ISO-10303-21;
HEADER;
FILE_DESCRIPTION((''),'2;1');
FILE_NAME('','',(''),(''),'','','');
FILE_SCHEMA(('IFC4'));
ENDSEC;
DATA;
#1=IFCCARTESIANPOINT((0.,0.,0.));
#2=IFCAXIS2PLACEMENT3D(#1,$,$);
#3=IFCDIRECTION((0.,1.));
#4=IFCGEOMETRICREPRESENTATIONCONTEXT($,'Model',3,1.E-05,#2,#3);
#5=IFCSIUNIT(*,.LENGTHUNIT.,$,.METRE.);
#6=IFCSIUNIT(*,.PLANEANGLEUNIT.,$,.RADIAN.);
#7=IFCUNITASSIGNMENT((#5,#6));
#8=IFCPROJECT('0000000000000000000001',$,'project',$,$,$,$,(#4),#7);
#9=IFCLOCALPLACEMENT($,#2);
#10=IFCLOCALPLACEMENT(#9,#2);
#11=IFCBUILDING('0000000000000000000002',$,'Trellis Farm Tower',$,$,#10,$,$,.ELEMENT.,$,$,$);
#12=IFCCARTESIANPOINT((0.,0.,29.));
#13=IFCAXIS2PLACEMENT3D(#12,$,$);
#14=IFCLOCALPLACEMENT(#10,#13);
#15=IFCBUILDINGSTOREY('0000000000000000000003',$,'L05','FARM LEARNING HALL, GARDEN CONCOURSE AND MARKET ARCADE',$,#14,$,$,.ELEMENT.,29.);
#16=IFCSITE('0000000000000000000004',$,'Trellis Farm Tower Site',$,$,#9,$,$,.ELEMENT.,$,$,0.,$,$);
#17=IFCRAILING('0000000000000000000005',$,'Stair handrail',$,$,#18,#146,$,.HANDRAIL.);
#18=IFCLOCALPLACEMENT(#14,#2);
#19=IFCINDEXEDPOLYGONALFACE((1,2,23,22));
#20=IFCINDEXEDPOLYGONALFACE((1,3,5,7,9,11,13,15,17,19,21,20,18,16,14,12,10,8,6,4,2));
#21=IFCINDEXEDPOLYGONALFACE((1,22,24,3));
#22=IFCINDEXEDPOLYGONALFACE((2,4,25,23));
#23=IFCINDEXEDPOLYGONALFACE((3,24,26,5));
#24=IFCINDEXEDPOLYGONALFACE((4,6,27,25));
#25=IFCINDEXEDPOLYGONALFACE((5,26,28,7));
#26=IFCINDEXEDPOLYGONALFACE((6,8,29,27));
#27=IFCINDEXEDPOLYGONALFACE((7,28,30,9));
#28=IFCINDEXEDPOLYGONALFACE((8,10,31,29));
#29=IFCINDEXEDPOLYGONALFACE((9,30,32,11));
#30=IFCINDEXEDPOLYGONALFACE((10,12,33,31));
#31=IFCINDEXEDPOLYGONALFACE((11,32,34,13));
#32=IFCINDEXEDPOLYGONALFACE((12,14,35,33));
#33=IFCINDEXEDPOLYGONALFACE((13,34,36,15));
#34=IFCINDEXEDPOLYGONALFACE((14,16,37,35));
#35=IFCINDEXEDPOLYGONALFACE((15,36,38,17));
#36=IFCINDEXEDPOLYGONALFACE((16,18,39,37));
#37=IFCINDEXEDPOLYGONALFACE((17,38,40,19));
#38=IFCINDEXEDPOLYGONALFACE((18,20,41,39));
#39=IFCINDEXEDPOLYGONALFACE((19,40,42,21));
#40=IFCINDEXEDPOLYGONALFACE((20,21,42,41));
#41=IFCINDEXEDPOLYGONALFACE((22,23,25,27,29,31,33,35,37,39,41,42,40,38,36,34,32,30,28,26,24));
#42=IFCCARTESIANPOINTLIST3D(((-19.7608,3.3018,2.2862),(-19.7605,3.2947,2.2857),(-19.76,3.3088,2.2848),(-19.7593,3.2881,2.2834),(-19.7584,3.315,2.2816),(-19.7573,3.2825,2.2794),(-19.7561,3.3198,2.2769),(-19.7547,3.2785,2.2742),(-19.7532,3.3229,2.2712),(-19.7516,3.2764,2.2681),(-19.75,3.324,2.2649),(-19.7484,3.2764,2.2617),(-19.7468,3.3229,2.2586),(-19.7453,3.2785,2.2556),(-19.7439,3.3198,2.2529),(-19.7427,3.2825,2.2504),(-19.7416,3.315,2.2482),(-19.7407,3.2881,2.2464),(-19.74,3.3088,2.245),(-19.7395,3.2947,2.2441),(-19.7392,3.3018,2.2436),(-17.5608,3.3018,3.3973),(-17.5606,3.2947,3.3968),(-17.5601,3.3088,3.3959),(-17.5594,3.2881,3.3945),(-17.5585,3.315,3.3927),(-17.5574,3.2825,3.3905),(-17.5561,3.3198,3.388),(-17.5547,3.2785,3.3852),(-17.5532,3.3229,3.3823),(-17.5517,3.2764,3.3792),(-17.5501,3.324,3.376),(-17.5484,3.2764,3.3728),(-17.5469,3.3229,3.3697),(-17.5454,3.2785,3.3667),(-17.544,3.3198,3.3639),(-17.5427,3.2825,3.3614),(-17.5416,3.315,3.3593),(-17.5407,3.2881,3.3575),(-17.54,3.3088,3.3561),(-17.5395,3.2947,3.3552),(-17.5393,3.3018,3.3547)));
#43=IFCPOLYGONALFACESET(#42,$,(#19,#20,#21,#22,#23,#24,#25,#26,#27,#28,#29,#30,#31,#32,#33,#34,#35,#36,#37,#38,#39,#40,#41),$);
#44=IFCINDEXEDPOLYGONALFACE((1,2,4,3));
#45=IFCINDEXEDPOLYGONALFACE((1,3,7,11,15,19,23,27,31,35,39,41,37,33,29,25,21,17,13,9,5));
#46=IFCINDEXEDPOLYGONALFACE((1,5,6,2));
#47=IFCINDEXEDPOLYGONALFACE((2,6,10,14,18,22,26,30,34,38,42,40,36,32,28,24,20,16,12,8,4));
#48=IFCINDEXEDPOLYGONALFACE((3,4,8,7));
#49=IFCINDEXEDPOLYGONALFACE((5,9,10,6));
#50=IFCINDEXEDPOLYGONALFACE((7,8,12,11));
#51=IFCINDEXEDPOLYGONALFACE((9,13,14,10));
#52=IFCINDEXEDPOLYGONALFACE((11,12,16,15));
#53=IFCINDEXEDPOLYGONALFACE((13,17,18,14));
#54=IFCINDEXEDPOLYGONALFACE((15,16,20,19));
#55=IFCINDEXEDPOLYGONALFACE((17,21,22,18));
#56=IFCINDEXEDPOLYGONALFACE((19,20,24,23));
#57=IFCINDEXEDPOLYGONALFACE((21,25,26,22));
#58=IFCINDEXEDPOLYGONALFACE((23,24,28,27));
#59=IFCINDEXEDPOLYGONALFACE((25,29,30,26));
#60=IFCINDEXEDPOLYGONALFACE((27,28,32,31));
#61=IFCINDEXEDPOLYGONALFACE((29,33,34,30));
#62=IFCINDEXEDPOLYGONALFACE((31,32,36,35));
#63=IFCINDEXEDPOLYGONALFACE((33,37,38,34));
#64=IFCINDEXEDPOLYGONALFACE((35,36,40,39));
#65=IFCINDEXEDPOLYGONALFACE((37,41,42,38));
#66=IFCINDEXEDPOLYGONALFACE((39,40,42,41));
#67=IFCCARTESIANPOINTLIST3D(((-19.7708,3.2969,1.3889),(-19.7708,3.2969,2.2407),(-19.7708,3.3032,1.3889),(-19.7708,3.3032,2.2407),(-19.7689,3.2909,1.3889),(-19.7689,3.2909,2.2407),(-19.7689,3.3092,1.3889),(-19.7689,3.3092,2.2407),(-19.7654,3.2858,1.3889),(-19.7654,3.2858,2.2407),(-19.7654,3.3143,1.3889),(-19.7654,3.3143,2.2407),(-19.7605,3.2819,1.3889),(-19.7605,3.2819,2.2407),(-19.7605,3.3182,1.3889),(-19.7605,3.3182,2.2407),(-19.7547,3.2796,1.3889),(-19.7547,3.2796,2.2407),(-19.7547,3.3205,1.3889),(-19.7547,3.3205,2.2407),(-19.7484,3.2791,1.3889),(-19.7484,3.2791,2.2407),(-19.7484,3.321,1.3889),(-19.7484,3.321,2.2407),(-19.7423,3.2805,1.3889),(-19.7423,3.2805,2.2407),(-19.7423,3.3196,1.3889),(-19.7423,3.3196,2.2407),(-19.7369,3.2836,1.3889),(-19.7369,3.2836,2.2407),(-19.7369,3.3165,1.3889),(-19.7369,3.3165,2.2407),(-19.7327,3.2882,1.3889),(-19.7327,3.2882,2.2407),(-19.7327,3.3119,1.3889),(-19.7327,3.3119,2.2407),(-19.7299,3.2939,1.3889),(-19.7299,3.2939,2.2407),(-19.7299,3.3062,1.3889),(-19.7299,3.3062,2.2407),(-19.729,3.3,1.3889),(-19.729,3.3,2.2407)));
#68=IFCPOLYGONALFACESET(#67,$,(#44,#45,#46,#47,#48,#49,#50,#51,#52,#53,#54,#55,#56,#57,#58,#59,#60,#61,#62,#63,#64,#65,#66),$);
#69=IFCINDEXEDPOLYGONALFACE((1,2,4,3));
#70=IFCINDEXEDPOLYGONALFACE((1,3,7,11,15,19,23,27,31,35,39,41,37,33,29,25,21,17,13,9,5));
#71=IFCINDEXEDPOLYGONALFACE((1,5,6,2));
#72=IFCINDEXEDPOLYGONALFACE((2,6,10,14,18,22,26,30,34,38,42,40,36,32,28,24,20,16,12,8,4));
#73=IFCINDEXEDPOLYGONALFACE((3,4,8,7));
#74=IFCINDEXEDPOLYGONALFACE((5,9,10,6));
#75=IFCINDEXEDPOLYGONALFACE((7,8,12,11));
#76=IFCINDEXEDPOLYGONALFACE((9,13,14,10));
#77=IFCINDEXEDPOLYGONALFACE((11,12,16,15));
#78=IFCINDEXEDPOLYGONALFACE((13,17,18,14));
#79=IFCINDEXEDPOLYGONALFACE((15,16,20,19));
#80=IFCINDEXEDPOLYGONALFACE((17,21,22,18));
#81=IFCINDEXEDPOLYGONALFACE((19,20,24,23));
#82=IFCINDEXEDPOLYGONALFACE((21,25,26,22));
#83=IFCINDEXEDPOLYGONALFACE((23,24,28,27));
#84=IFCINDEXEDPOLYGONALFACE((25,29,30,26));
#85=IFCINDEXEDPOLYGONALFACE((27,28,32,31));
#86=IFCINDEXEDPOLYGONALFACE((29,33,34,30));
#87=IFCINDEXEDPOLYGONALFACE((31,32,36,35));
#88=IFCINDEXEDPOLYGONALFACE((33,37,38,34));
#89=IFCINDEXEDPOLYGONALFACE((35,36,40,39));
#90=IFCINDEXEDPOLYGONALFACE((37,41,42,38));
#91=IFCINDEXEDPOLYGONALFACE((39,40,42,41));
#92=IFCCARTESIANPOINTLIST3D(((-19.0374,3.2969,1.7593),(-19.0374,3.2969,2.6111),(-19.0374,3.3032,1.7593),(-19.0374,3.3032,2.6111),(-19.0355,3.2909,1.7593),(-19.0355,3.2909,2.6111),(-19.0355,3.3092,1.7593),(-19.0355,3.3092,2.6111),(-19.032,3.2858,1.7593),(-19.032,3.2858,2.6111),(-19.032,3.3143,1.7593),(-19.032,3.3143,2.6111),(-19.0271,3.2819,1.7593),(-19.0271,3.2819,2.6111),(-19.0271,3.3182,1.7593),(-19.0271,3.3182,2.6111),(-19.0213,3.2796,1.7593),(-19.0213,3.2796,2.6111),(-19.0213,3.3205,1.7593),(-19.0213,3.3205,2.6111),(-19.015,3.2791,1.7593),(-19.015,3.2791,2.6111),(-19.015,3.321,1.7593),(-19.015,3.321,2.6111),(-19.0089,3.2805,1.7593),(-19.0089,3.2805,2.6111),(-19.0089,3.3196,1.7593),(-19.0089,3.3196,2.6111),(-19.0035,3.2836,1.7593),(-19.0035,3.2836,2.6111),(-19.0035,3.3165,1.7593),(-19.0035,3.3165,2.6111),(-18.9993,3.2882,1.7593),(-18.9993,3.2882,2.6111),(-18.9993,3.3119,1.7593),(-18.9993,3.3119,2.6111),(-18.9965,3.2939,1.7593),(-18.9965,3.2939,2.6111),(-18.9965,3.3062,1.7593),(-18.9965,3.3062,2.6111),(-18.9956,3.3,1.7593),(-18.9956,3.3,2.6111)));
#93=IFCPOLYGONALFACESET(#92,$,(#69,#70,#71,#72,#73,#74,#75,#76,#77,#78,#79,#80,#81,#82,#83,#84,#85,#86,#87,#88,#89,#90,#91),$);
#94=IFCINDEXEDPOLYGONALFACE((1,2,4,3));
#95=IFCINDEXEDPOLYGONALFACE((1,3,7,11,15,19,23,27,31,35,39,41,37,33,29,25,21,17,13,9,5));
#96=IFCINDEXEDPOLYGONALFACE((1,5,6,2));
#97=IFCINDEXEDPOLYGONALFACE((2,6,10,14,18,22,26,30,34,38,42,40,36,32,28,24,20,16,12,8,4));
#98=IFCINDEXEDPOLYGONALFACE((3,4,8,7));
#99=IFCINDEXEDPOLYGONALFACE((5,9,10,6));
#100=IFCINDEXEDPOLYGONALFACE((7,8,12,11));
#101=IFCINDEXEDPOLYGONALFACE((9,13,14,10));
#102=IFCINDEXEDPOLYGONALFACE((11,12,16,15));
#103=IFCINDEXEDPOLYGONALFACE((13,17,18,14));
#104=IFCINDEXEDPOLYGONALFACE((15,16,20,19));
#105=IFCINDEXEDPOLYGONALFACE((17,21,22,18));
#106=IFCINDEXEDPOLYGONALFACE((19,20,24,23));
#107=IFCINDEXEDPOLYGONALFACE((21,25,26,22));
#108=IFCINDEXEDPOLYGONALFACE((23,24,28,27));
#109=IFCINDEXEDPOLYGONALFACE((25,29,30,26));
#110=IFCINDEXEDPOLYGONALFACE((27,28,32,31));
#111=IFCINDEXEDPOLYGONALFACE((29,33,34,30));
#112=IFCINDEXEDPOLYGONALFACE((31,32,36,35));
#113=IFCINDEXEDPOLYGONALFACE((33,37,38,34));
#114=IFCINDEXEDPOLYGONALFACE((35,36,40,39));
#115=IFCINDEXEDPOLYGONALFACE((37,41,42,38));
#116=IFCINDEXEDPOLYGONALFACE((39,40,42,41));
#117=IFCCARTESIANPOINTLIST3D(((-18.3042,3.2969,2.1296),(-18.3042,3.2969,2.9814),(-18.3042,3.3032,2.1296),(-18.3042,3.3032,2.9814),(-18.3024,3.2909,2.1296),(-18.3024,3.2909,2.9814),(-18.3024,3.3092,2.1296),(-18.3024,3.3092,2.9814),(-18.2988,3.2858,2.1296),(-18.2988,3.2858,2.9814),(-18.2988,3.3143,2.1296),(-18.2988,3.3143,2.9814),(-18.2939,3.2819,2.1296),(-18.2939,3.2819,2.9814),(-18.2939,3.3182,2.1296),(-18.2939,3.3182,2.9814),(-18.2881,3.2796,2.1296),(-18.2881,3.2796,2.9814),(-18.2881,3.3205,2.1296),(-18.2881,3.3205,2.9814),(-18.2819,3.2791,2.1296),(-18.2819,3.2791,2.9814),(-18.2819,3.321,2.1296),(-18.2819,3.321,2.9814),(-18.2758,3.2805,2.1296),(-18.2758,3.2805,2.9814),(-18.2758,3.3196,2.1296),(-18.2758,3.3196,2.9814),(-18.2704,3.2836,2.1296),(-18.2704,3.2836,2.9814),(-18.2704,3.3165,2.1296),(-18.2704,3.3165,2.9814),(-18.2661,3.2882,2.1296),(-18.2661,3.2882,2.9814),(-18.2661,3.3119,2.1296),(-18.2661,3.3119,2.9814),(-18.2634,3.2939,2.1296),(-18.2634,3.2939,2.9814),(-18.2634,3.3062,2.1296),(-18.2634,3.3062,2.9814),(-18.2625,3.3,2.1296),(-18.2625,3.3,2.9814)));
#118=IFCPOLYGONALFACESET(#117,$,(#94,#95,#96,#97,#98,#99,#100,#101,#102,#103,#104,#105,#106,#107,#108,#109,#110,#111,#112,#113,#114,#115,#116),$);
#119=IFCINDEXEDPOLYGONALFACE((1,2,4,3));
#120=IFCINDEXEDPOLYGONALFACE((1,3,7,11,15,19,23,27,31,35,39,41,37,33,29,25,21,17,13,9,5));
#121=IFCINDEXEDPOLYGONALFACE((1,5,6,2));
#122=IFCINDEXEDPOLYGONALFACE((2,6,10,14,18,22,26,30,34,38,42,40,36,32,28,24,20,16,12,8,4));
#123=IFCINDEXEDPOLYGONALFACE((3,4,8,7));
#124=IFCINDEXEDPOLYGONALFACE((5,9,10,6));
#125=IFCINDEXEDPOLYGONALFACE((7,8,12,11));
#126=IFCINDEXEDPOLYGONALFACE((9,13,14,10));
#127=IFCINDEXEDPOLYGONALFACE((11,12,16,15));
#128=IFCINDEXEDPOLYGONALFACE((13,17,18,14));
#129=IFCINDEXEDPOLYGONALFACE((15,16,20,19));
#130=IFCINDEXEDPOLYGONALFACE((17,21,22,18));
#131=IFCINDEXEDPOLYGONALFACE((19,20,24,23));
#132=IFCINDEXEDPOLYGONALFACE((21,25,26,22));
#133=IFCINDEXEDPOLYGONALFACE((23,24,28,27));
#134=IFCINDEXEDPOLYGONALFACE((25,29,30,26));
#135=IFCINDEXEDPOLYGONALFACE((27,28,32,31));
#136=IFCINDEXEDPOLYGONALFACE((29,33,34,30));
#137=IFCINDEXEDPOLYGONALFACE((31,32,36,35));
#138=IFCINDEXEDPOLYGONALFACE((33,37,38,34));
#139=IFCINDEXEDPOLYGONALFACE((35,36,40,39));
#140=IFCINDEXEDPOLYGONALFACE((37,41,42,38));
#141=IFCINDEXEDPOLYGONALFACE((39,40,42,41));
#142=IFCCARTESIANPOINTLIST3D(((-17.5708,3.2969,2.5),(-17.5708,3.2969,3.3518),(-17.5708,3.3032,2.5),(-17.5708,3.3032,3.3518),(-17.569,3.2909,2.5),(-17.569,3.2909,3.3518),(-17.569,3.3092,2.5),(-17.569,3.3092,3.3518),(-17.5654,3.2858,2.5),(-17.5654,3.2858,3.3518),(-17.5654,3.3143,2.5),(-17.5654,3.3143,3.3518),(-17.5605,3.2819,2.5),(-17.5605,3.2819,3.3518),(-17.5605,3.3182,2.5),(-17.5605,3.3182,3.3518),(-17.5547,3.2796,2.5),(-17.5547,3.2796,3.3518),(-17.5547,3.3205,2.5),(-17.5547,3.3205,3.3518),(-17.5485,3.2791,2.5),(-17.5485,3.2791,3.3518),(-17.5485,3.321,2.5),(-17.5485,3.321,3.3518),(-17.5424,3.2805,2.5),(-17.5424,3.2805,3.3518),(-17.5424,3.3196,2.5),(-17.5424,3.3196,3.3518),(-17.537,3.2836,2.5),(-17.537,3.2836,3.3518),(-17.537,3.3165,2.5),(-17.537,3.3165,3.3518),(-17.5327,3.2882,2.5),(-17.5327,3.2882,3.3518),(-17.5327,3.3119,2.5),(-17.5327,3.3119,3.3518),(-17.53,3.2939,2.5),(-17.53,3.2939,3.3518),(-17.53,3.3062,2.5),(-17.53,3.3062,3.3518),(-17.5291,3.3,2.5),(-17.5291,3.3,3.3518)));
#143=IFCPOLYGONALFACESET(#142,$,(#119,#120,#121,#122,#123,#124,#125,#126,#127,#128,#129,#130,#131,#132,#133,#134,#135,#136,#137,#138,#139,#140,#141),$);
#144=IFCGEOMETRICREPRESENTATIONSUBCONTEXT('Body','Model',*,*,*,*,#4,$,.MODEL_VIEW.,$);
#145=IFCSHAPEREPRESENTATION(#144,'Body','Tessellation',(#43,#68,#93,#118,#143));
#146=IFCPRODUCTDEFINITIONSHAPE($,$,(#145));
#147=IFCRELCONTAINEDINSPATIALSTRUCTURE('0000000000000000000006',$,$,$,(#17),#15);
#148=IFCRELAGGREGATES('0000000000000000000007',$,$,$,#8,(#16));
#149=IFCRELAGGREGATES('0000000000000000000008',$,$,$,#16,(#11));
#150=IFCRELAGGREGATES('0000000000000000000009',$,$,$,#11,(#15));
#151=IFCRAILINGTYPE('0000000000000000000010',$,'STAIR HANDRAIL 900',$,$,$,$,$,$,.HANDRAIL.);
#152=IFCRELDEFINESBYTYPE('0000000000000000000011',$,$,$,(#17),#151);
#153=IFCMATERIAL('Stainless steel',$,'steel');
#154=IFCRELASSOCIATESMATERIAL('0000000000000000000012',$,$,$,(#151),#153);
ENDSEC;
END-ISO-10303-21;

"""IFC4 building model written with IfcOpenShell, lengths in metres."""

from ifc_helpers import new_model, si_unit, direction, frame, origin, origin_2d, place, context, subcontext, project, spatial, circle, extrude, source, transform, mapped, material, type_object, element, save


model = new_model("IFC4")

# Units and contexts
model_context = context("Model", 3, precision=1e-05, world=origin(), true_north=direction((0.0, 1.0)))
body_context = subcontext(model_context, "Body", "Model", "MODEL_VIEW")
ifc_project = project(units=[si_unit("LENGTHUNIT", "METRE"), si_unit("PLANEANGLEUNIT", "RADIAN")], contexts=[model_context])

# Site, building, storey
site_placement = place(None, origin())
site = spatial("IfcSite", under=ifc_project, at=site_placement, Name="Trellis Farm Tower Site", CompositionType="ELEMENT", RefElevation=0.0)
building_placement = place(site_placement, origin())
building = spatial("IfcBuilding", under=site, at=building_placement, Name="Trellis Farm Tower", CompositionType="ELEMENT")
storey_placement = place(building_placement, frame((0.0, 0.0, 29.0)))
storey = spatial("IfcBuildingStorey", under=building, at=storey_placement, Name="L05", Description="FARM LEARNING HALL, GARDEN CONCOURSE AND MARKET ARCADE", CompositionType="ELEMENT", Elevation=29.0)

# Railing
ifc_material_1 = material(Name="Stainless steel", Category="steel")
railing_type = type_object("IfcRailingType", Name="STAIR HANDRAIL 900", PredefinedType="HANDRAIL", material=ifc_material_1)
shared_shape_1 = source(origin(), body_context, "Body", "SweptSolid", [
    extrude(circle(Radius=0.0239, at=origin_2d()), frame((0.0, 0.0, 0.876), z_axis=(0.892617, 0.0, 0.450816), x_axis=(0.0, 1.0, 0.0)), (0.0, 0.0, 1.0), 2.4646),
    extrude(circle(Radius=0.021, at=origin_2d()), origin(), (0.0, 0.0, 1.0), 0.8518),
    extrude(circle(Radius=0.021, at=origin_2d()), frame((0.7334, 0.0, 0.3704)), (0.0, 0.0, 1.0), 0.8518),
    extrude(circle(Radius=0.021, at=origin_2d()), frame((1.4666, 0.0, 0.7407)), (0.0, 0.0, 1.0), 0.8518),
    extrude(circle(Radius=0.021, at=origin_2d()), frame((2.2, 0.0, 1.1111)), (0.0, 0.0, 1.0), 0.8518),
])
for number, where, name in (
    (1, (-19.75, 3.3, 1.3889), "Stair handrail"),
):
    element("IfcRailing", number, at=place(storey_placement, frame(where)), inside=storey, type_object=railing_type, Name=name, PredefinedType="HANDRAIL", context=body_context, shape_type="MappedRepresentation", body=[
        mapped(shared_shape_1, transform((0.0, 0.0, 0.0))),
    ])

save(model, "model.ifc")
